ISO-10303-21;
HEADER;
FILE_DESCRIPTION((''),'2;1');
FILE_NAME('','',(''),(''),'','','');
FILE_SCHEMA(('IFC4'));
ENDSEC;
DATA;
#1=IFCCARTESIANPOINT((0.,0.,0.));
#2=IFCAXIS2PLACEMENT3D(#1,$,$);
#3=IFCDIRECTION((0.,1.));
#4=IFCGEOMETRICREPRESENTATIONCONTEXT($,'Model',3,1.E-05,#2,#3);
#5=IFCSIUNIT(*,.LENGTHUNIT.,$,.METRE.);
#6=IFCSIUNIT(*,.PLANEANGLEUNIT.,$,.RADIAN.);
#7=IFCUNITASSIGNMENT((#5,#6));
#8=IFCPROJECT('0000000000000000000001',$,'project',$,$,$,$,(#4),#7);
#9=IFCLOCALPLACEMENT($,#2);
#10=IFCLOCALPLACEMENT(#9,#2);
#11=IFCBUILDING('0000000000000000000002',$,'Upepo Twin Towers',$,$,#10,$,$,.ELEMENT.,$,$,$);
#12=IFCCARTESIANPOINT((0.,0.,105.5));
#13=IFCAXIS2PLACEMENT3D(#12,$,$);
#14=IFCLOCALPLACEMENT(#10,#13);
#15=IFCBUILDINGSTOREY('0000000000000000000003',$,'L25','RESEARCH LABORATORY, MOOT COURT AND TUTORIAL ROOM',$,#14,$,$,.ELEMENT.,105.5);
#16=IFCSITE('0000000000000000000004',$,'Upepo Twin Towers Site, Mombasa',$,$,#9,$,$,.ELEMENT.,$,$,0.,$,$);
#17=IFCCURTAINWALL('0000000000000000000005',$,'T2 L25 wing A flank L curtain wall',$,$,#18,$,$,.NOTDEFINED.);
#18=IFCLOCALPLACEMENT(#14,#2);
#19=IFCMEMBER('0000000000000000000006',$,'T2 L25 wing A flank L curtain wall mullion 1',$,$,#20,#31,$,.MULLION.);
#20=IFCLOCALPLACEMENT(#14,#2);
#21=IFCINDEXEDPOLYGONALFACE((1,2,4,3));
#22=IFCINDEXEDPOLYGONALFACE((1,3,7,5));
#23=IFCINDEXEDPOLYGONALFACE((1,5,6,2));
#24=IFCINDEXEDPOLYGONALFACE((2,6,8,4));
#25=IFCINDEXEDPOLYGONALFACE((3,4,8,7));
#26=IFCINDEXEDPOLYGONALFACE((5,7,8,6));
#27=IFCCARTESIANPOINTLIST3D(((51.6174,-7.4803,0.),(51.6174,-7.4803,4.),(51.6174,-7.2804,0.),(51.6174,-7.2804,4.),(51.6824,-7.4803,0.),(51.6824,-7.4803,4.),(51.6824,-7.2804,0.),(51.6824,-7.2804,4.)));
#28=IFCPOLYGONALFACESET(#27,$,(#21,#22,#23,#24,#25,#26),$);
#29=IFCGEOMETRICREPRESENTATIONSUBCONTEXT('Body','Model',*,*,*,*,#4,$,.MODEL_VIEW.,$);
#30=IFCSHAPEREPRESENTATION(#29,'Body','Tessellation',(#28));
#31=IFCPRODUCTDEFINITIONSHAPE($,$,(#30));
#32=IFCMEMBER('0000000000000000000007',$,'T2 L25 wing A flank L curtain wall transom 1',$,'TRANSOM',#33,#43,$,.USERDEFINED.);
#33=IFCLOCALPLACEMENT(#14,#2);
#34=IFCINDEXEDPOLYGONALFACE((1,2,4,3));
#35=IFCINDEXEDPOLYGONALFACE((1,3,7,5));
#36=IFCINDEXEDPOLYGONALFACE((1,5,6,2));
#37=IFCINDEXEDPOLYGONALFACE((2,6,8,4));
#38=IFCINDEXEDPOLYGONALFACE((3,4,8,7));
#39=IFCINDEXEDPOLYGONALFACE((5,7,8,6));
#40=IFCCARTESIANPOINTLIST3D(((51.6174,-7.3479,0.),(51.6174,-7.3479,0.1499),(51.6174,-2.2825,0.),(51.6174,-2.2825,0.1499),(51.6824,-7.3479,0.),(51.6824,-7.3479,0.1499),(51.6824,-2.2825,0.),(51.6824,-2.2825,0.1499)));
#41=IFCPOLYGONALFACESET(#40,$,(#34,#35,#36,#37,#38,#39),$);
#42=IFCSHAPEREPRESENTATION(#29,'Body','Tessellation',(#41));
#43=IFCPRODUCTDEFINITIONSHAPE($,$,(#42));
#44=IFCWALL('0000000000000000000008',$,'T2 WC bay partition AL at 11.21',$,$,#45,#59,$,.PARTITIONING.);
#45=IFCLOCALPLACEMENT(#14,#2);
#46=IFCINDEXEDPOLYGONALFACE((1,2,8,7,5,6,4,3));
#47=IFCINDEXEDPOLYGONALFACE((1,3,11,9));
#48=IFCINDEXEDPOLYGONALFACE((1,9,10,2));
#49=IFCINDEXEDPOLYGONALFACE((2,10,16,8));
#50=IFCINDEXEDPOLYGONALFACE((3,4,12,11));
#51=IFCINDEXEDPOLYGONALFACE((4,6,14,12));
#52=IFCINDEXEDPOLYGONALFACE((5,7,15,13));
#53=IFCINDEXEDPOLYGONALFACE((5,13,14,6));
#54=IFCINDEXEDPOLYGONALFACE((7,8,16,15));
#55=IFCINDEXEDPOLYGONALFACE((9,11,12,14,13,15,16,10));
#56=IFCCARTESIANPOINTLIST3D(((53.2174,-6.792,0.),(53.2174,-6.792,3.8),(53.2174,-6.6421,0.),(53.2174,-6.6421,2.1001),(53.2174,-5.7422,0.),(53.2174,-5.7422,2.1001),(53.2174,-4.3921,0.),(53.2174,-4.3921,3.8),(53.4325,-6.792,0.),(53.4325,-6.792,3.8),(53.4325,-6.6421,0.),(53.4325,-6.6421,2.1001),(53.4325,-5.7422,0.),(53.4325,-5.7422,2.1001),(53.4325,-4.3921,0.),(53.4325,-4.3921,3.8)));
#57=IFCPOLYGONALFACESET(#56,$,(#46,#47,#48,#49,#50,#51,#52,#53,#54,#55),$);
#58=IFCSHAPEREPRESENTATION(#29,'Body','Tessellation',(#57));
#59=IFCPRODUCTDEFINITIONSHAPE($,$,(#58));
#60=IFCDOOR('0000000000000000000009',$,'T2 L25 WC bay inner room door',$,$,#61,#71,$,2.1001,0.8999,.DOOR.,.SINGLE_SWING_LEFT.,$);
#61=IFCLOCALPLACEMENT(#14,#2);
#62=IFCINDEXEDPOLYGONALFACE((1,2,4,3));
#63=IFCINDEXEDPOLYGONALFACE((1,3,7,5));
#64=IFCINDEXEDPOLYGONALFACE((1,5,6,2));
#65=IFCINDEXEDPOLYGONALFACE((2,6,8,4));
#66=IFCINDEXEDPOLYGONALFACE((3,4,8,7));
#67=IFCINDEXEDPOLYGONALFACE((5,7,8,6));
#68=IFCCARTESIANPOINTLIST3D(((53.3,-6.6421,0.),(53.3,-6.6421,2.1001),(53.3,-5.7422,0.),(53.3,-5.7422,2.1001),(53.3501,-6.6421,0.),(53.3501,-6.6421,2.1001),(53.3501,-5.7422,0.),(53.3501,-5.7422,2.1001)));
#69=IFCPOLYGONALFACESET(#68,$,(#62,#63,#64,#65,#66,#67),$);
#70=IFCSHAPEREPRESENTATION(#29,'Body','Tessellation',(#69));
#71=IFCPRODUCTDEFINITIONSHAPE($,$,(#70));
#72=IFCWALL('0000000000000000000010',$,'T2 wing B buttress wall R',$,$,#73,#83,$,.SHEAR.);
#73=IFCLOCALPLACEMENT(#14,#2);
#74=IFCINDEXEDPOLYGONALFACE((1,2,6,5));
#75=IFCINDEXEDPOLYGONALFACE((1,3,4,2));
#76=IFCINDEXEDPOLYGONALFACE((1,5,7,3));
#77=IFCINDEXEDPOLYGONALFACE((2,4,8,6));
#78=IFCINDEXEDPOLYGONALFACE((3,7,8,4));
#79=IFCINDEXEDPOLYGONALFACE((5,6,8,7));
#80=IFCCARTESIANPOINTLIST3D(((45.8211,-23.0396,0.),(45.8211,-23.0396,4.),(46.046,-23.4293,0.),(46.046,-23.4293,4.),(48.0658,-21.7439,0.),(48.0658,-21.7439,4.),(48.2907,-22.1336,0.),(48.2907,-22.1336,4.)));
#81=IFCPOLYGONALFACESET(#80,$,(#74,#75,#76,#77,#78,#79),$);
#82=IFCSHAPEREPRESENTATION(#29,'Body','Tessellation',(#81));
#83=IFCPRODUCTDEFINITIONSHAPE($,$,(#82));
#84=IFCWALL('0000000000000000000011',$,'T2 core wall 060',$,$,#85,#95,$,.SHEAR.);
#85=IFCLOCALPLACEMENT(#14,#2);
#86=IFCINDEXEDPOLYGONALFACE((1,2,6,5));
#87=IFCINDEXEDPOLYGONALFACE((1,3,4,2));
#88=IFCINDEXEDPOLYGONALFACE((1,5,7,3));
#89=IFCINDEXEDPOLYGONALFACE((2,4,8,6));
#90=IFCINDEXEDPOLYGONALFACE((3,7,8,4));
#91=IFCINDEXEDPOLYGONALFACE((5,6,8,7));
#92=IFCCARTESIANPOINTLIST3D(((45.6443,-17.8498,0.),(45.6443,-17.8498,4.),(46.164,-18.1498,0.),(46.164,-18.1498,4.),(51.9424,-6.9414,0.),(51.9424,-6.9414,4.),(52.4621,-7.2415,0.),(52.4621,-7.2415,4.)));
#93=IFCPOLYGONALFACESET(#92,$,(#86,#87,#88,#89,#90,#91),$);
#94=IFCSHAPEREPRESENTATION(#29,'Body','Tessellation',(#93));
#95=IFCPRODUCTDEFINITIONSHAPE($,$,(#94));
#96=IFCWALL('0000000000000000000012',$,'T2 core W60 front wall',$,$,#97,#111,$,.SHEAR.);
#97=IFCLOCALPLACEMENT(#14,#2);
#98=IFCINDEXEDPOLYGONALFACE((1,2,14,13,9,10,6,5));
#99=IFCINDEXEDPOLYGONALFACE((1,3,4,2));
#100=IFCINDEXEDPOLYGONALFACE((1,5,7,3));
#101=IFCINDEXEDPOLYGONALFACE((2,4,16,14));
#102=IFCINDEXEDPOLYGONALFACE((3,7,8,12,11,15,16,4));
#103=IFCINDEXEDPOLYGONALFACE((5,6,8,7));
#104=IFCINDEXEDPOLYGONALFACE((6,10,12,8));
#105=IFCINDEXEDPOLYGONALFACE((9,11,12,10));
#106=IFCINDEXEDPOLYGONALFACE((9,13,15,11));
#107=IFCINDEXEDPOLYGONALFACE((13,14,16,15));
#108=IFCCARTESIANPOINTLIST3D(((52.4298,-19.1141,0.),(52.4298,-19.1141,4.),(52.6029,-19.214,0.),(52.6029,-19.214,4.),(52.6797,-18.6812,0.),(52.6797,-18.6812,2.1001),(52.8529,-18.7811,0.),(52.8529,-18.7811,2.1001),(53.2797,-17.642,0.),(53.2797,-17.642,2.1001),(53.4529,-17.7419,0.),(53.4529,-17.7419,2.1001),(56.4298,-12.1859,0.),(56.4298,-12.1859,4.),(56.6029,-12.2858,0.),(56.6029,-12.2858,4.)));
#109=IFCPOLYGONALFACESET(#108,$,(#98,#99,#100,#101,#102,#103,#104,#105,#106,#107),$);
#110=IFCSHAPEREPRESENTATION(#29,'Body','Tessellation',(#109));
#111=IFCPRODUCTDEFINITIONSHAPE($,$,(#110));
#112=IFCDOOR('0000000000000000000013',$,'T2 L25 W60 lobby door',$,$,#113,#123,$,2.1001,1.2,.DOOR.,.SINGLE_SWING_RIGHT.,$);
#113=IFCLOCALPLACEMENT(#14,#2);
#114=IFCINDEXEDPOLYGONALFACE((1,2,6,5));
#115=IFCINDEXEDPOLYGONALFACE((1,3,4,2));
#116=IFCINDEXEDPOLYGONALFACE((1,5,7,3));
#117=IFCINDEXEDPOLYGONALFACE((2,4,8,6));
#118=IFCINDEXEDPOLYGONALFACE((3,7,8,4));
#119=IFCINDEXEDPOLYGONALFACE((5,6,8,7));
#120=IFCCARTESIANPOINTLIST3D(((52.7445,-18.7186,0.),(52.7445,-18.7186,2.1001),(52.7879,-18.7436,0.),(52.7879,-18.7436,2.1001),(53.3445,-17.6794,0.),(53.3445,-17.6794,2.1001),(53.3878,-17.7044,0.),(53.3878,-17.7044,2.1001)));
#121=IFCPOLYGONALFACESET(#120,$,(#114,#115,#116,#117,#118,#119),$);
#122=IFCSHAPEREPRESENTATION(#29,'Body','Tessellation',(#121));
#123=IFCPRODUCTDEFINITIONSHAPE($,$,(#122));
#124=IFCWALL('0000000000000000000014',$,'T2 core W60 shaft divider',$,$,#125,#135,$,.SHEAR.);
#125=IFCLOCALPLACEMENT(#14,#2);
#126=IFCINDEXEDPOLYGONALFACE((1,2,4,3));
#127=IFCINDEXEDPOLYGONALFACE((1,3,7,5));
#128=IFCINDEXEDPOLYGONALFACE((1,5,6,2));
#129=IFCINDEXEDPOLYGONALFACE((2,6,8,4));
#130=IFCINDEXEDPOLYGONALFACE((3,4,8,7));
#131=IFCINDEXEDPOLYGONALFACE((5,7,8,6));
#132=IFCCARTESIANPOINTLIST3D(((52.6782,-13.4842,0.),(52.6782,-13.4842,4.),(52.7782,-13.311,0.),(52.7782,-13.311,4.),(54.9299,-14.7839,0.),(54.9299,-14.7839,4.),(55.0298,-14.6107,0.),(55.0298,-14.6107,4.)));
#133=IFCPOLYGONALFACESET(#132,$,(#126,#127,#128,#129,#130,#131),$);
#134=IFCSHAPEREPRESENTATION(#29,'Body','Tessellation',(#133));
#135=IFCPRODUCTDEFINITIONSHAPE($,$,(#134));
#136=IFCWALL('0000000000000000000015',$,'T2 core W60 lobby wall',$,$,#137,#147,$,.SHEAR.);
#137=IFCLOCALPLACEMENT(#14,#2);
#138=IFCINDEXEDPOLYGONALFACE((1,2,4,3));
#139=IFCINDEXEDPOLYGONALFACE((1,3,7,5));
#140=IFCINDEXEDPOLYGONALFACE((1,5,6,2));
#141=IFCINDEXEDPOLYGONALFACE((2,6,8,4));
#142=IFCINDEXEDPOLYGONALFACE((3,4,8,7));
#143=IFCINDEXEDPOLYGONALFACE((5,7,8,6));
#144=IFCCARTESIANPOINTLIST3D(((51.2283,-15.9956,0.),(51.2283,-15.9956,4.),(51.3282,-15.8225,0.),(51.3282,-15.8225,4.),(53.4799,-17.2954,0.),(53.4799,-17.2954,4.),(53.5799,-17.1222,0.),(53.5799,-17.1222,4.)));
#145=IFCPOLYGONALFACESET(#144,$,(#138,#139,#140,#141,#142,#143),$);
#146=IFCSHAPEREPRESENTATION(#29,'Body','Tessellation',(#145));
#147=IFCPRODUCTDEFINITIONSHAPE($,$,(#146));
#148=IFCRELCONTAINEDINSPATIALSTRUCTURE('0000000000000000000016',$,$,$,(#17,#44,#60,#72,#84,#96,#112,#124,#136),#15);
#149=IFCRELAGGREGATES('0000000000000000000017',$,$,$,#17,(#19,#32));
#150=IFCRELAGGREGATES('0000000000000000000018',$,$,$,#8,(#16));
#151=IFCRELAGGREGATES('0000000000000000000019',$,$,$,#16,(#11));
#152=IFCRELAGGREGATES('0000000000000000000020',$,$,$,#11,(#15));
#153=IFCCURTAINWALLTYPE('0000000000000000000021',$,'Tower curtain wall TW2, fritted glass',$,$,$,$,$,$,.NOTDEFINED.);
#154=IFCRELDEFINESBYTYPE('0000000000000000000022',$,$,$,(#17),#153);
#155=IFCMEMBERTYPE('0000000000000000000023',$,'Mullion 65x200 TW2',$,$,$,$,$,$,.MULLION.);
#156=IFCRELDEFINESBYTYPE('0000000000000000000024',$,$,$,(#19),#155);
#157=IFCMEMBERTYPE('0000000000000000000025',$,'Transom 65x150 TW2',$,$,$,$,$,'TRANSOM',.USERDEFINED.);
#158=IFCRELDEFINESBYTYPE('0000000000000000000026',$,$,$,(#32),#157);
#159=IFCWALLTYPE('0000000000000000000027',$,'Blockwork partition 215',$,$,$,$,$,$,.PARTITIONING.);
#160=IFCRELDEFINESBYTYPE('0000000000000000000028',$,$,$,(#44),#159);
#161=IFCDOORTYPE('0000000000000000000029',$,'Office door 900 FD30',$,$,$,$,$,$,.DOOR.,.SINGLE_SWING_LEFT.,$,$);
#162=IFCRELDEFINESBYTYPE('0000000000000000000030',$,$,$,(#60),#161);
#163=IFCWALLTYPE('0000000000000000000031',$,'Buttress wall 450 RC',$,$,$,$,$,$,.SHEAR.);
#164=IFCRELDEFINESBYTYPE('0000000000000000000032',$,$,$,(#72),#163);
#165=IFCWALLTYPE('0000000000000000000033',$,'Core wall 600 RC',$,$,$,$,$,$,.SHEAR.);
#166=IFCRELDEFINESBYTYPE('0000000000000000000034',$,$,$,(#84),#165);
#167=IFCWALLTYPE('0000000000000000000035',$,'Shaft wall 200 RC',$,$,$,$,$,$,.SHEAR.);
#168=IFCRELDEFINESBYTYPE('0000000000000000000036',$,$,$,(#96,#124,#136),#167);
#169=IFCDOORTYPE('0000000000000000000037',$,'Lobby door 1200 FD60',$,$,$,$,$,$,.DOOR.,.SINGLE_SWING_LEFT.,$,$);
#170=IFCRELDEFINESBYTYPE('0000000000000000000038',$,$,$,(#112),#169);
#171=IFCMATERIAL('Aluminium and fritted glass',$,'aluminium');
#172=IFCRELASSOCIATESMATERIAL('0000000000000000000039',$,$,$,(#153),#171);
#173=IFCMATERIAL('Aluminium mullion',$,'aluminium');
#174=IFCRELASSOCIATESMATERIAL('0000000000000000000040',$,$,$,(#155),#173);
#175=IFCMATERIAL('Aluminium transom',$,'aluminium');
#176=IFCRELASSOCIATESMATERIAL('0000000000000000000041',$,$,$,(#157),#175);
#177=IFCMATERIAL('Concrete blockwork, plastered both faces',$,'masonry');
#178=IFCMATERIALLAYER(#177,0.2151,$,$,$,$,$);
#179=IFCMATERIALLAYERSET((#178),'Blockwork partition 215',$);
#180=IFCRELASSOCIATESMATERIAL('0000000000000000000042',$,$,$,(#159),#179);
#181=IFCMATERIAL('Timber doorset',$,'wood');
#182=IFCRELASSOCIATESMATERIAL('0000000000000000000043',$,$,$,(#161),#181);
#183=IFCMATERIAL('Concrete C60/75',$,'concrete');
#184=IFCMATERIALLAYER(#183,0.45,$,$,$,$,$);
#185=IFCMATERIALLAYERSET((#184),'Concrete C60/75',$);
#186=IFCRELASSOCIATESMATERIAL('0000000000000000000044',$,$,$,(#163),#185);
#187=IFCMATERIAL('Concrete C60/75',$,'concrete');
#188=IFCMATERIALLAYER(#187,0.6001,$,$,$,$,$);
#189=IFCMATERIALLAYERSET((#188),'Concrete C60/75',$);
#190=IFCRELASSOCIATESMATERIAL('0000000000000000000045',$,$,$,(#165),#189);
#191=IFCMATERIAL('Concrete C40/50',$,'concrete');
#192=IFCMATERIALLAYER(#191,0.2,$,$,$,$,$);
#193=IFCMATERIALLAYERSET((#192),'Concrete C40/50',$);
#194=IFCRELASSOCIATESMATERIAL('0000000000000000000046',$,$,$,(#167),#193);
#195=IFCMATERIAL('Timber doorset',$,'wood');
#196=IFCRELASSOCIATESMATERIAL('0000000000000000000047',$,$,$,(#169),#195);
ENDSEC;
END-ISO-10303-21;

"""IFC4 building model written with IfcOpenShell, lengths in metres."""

from ifc_helpers import new_model, si_unit, direction, frame, frame_2d, origin, origin_2d, place, context, subcontext, project, spatial, rectangle, extrude, material, layer, layer_set, material_profile, profile_set, type_object, element, fill, aggregate, save


model = new_model("IFC4")

# Units and contexts
model_context = context("Model", 3, precision=1e-05, world=origin(), true_north=direction((0.0, 1.0)))
body_context = subcontext(model_context, "Body", "Model", "MODEL_VIEW")
ifc_project = project(units=[si_unit("LENGTHUNIT", "METRE"), si_unit("PLANEANGLEUNIT", "RADIAN")], contexts=[model_context])

# Site, building, storey
site_placement = place(None, origin())
site = spatial("IfcSite", under=ifc_project, at=site_placement, Name="Upepo Twin Towers Site, Mombasa", CompositionType="ELEMENT", RefElevation=0.0)
building_placement = place(site_placement, origin())
building = spatial("IfcBuilding", under=site, at=building_placement, Name="Upepo Twin Towers", CompositionType="ELEMENT")
storey_placement = place(building_placement, frame((0.0, 0.0, 105.5)))
storey = spatial("IfcBuildingStorey", under=building, at=storey_placement, Name="L25", Description="RESEARCH LABORATORY, MOOT COURT AND TUTORIAL ROOM", CompositionType="ELEMENT", Elevation=105.5)

# Curtain wall, members
ifc_material_1 = material(Name="Aluminium and fritted glass", Category="aluminium")
curtain_wall_type = type_object("IfcCurtainWallType", Name="Tower curtain wall TW2, fritted glass", PredefinedType="NOTDEFINED", material=ifc_material_1)
curtain_wall_placement = place(storey_placement, origin())
curtain_wall = element("IfcCurtainWall", 1, at=curtain_wall_placement, inside=storey, type_object=curtain_wall_type, Name="T2 L25 wing A flank L curtain wall", PredefinedType="NOTDEFINED")
ifc_material_2 = material(Name="Aluminium mullion", Category="aluminium")
ifc_material_profile_1 = material_profile(ifc_material_2, rectangle(XDim=0.0649, YDim=0.2, at=origin_2d()), Name="MULLION 65x200")
ifc_profile_set_1 = profile_set([ifc_material_profile_1], Name="Aluminium mullion")
member_type_1 = type_object("IfcMemberType", Name="Mullion 65x200 TW2", PredefinedType="MULLION", material=ifc_profile_set_1)
member_1_placement = place(storey_placement, frame((51.6499, -7.3804, 0.0), z_axis=(0.0, 0.0, 1.0), x_axis=(-1.0, 0.0, 0.0)))
member_1 = element("IfcMember", 2, at=member_1_placement, type_object=member_type_1, Name="T2 L25 wing A flank L curtain wall mullion 1", PredefinedType="MULLION", context=body_context, shape_type="SweptSolid", body=[
    extrude(rectangle(XDim=0.0649, YDim=0.2, at=origin_2d()), origin(), (0.0, 0.0, 1.0), 4.0),
])
ifc_material_3 = material(Name="Aluminium transom", Category="aluminium")
ifc_material_profile_2 = material_profile(ifc_material_3, rectangle(XDim=0.0649, YDim=0.1499, at=origin_2d()), Name="TRANSOM 65x150")
ifc_profile_set_2 = profile_set([ifc_material_profile_2], Name="Aluminium transom")
member_type_2 = type_object("IfcMemberType", Name="Transom 65x150 TW2", ElementType="TRANSOM", PredefinedType="USERDEFINED", material=ifc_profile_set_2)
member_2_placement = place(storey_placement, frame((51.6499, -7.3479, 0.075), z_axis=(0.0, 1.0, 0.0), x_axis=(-1.0, 0.0, 0.0)))
member_2 = element("IfcMember", 3, at=member_2_placement, type_object=member_type_2, Name="T2 L25 wing A flank L curtain wall transom 1", ObjectType="TRANSOM", PredefinedType="USERDEFINED", context=body_context, shape_type="SweptSolid", body=[
    extrude(rectangle(XDim=0.0649, YDim=0.1499, at=origin_2d()), origin(), (0.0, 0.0, 1.0), 5.0654),
])
aggregate(curtain_wall, [member_1, member_2])

# Wall, opening, door
ifc_material_4 = material(Name="Concrete blockwork, plastered both faces", Category="masonry")
ifc_layer_1 = layer(ifc_material_4, 0.2151)
ifc_layer_set_1 = layer_set([ifc_layer_1], Name="Blockwork partition 215")
wall_type_1 = type_object("IfcWallType", Name="Blockwork partition 215", PredefinedType="PARTITIONING", material=ifc_layer_set_1)
wall_1_placement = place(storey_placement, frame((53.325, -6.792, 0.0), z_axis=(0.0, 0.0, 1.0), x_axis=(0.0, 1.0, 0.0)))
wall_1 = element("IfcWall", 4, at=wall_1_placement, inside=storey, type_object=wall_type_1, Name="T2 WC bay partition AL at 11.21", PredefinedType="PARTITIONING", context=body_context, shape_type="SweptSolid", body=[
    extrude(rectangle(XDim=2.3999, YDim=0.2151, at=frame_2d((1.2, 0.0))), origin(), (0.0, 0.0, 1.0), 3.8),
])
opening_1_placement = place(wall_1_placement, frame((0.1499, 0.0, 0.0)))
opening_1 = element("IfcOpeningElement", 5, at=opening_1_placement, cuts=wall_1, PredefinedType="OPENING", context=body_context, shape_type="SweptSolid", body=[
    extrude(rectangle(XDim=0.8999, YDim=2.1001, at=frame_2d((0.45, 1.05))), frame((0.0, 0.1174, 0.0), z_axis=(0.0, -1.0, 0.0), x_axis=(1.0, 0.0, 0.0)), (0.0, 0.0, 1.0), 0.2351),
])
ifc_material_5 = material(Name="Timber doorset", Category="wood")
door_type_1 = type_object("IfcDoorType", Name="Office door 900 FD30", OperationType="SINGLE_SWING_LEFT", PredefinedType="DOOR", material=ifc_material_5)
door_1_placement = place(opening_1_placement, origin())
door_1 = element("IfcDoor", 6, at=door_1_placement, inside=storey, type_object=door_type_1, Name="T2 L25 WC bay inner room door", OperationType="SINGLE_SWING_LEFT", OverallHeight=2.1001, OverallWidth=0.8999, PredefinedType="DOOR", context=body_context, shape_type="SweptSolid", body=[
    extrude(rectangle(XDim=0.8999, YDim=2.1001, at=frame_2d((0.45, 1.05))), frame((0.0, 0.0249, 0.0), z_axis=(0.0, -1.0, 0.0), x_axis=(1.0, 0.0, 0.0)), (0.0, 0.0, 1.0), 0.05),
])
fill(opening_1, door_1)

# Walls
ifc_material_6 = material(Name="Concrete C60/75", Category="concrete")
ifc_layer_2 = layer(ifc_material_6, 0.45)
ifc_layer_set_2 = layer_set([ifc_layer_2], Name="Concrete C60/75")
wall_type_2 = type_object("IfcWallType", Name="Buttress wall 450 RC", PredefinedType="SHEAR", material=ifc_layer_set_2)
wall_2_placement = place(storey_placement, frame((48.1782, -21.9387, 0.0), z_axis=(0.0, 0.0, 1.0), x_axis=(-0.866073, -0.499918, 0.0)))
element("IfcWall", 7, at=wall_2_placement, inside=storey, type_object=wall_type_2, Name="T2 wing B buttress wall R", PredefinedType="SHEAR", context=body_context, shape_type="SweptSolid", body=[
    extrude(rectangle(XDim=2.5918, YDim=0.45, at=frame_2d((1.2959, 0.0))), origin(), (0.0, 0.0, 1.0), 4.0),
])
ifc_material_7 = material(Name="Concrete C60/75", Category="concrete")
ifc_layer_3 = layer(ifc_material_7, 0.6001)
ifc_layer_set_3 = layer_set([ifc_layer_3], Name="Concrete C60/75")
wall_type_3 = type_object("IfcWallType", Name="Core wall 600 RC", PredefinedType="SHEAR", material=ifc_layer_set_3)
wall_3_placement = place(storey_placement, frame((52.2021, -7.0916, 0.0), z_axis=(0.0, 0.0, 1.0), x_axis=(-0.500006, -0.866022, 0.0)))
element("IfcWall", 8, at=wall_3_placement, inside=storey, type_object=wall_type_3, Name="T2 core wall 060", PredefinedType="SHEAR", context=body_context, shape_type="SweptSolid", body=[
    extrude(rectangle(XDim=12.5959, YDim=0.6001, at=frame_2d((6.2979, 0.0))), origin(), (0.0, 0.0, 1.0), 4.0),
])

# Wall, opening, door
ifc_material_8 = material(Name="Concrete C40/50", Category="concrete")
ifc_layer_4 = layer(ifc_material_8, 0.2)
ifc_layer_set_4 = layer_set([ifc_layer_4], Name="Concrete C40/50")
wall_type_4 = type_object("IfcWallType", Name="Shaft wall 200 RC", PredefinedType="SHEAR", material=ifc_layer_set_4)
wall_4_placement = place(storey_placement, frame((56.5164, -12.2358, 0.0), z_axis=(0.0, 0.0, 1.0), x_axis=(-0.499999, -0.866026, 0.0)))
wall_4 = element("IfcWall", 9, at=wall_4_placement, inside=storey, type_object=wall_type_4, Name="T2 core W60 front wall", PredefinedType="SHEAR", context=body_context, shape_type="SweptSolid", body=[
    extrude(rectangle(XDim=8.0, YDim=0.2, at=frame_2d((4.0, 0.0))), origin(), (0.0, 0.0, 1.0), 4.0),
])
opening_2_placement = place(wall_4_placement, frame((6.3, 0.0, 0.0)))
opening_2 = element("IfcOpeningElement", 10, at=opening_2_placement, cuts=wall_4, PredefinedType="OPENING", context=body_context, shape_type="SweptSolid", body=[
    extrude(rectangle(XDim=1.2, YDim=2.1001, at=frame_2d((0.6001, 1.05))), frame((0.0, 0.1099, 0.0), z_axis=(0.0, -1.0, 0.0), x_axis=(1.0, 0.0, 0.0)), (0.0, 0.0, 1.0), 0.22),
])
ifc_material_9 = material(Name="Timber doorset", Category="wood")
door_type_2 = type_object("IfcDoorType", Name="Lobby door 1200 FD60", OperationType="SINGLE_SWING_LEFT", PredefinedType="DOOR", material=ifc_material_9)
door_2_placement = place(opening_2_placement, origin())
door_2 = element("IfcDoor", 11, at=door_2_placement, inside=storey, type_object=door_type_2, Name="T2 L25 W60 lobby door", OperationType="SINGLE_SWING_RIGHT", OverallHeight=2.1001, OverallWidth=1.2, PredefinedType="DOOR", context=body_context, shape_type="SweptSolid", body=[
    extrude(rectangle(XDim=1.2, YDim=2.1001, at=frame_2d((0.6001, 1.05))), frame((0.0, 0.0249, 0.0), z_axis=(0.0, -1.0, 0.0), x_axis=(1.0, 0.0, 0.0)), (0.0, 0.0, 1.0), 0.05),
])
fill(opening_2, door_2)

# Walls
for number, where, z_axis, x_axis, name in (
    (12, (54.9797, -14.6973, 0.0), (0.0, 0.0, 1.0), (-0.866062, 0.499937, 0.0), "T2 core W60 shaft divider"),
    (13, (53.5298, -17.2087, 0.0), (0.0, 0.0, 1.0), (-0.866062, 0.499937, 0.0), "T2 core W60 lobby wall"),
):
    element("IfcWall", number, at=place(storey_placement, frame(where, z_axis=z_axis, x_axis=x_axis)), inside=storey, type_object=wall_type_4, Name=name, PredefinedType="SHEAR", context=body_context, shape_type="SweptSolid", body=[
        extrude(rectangle(XDim=2.5999, YDim=0.2, at=frame_2d((1.2998, 0.0))), origin(), (0.0, 0.0, 1.0), 4.0),
    ])

save(model, "model.ifc")
